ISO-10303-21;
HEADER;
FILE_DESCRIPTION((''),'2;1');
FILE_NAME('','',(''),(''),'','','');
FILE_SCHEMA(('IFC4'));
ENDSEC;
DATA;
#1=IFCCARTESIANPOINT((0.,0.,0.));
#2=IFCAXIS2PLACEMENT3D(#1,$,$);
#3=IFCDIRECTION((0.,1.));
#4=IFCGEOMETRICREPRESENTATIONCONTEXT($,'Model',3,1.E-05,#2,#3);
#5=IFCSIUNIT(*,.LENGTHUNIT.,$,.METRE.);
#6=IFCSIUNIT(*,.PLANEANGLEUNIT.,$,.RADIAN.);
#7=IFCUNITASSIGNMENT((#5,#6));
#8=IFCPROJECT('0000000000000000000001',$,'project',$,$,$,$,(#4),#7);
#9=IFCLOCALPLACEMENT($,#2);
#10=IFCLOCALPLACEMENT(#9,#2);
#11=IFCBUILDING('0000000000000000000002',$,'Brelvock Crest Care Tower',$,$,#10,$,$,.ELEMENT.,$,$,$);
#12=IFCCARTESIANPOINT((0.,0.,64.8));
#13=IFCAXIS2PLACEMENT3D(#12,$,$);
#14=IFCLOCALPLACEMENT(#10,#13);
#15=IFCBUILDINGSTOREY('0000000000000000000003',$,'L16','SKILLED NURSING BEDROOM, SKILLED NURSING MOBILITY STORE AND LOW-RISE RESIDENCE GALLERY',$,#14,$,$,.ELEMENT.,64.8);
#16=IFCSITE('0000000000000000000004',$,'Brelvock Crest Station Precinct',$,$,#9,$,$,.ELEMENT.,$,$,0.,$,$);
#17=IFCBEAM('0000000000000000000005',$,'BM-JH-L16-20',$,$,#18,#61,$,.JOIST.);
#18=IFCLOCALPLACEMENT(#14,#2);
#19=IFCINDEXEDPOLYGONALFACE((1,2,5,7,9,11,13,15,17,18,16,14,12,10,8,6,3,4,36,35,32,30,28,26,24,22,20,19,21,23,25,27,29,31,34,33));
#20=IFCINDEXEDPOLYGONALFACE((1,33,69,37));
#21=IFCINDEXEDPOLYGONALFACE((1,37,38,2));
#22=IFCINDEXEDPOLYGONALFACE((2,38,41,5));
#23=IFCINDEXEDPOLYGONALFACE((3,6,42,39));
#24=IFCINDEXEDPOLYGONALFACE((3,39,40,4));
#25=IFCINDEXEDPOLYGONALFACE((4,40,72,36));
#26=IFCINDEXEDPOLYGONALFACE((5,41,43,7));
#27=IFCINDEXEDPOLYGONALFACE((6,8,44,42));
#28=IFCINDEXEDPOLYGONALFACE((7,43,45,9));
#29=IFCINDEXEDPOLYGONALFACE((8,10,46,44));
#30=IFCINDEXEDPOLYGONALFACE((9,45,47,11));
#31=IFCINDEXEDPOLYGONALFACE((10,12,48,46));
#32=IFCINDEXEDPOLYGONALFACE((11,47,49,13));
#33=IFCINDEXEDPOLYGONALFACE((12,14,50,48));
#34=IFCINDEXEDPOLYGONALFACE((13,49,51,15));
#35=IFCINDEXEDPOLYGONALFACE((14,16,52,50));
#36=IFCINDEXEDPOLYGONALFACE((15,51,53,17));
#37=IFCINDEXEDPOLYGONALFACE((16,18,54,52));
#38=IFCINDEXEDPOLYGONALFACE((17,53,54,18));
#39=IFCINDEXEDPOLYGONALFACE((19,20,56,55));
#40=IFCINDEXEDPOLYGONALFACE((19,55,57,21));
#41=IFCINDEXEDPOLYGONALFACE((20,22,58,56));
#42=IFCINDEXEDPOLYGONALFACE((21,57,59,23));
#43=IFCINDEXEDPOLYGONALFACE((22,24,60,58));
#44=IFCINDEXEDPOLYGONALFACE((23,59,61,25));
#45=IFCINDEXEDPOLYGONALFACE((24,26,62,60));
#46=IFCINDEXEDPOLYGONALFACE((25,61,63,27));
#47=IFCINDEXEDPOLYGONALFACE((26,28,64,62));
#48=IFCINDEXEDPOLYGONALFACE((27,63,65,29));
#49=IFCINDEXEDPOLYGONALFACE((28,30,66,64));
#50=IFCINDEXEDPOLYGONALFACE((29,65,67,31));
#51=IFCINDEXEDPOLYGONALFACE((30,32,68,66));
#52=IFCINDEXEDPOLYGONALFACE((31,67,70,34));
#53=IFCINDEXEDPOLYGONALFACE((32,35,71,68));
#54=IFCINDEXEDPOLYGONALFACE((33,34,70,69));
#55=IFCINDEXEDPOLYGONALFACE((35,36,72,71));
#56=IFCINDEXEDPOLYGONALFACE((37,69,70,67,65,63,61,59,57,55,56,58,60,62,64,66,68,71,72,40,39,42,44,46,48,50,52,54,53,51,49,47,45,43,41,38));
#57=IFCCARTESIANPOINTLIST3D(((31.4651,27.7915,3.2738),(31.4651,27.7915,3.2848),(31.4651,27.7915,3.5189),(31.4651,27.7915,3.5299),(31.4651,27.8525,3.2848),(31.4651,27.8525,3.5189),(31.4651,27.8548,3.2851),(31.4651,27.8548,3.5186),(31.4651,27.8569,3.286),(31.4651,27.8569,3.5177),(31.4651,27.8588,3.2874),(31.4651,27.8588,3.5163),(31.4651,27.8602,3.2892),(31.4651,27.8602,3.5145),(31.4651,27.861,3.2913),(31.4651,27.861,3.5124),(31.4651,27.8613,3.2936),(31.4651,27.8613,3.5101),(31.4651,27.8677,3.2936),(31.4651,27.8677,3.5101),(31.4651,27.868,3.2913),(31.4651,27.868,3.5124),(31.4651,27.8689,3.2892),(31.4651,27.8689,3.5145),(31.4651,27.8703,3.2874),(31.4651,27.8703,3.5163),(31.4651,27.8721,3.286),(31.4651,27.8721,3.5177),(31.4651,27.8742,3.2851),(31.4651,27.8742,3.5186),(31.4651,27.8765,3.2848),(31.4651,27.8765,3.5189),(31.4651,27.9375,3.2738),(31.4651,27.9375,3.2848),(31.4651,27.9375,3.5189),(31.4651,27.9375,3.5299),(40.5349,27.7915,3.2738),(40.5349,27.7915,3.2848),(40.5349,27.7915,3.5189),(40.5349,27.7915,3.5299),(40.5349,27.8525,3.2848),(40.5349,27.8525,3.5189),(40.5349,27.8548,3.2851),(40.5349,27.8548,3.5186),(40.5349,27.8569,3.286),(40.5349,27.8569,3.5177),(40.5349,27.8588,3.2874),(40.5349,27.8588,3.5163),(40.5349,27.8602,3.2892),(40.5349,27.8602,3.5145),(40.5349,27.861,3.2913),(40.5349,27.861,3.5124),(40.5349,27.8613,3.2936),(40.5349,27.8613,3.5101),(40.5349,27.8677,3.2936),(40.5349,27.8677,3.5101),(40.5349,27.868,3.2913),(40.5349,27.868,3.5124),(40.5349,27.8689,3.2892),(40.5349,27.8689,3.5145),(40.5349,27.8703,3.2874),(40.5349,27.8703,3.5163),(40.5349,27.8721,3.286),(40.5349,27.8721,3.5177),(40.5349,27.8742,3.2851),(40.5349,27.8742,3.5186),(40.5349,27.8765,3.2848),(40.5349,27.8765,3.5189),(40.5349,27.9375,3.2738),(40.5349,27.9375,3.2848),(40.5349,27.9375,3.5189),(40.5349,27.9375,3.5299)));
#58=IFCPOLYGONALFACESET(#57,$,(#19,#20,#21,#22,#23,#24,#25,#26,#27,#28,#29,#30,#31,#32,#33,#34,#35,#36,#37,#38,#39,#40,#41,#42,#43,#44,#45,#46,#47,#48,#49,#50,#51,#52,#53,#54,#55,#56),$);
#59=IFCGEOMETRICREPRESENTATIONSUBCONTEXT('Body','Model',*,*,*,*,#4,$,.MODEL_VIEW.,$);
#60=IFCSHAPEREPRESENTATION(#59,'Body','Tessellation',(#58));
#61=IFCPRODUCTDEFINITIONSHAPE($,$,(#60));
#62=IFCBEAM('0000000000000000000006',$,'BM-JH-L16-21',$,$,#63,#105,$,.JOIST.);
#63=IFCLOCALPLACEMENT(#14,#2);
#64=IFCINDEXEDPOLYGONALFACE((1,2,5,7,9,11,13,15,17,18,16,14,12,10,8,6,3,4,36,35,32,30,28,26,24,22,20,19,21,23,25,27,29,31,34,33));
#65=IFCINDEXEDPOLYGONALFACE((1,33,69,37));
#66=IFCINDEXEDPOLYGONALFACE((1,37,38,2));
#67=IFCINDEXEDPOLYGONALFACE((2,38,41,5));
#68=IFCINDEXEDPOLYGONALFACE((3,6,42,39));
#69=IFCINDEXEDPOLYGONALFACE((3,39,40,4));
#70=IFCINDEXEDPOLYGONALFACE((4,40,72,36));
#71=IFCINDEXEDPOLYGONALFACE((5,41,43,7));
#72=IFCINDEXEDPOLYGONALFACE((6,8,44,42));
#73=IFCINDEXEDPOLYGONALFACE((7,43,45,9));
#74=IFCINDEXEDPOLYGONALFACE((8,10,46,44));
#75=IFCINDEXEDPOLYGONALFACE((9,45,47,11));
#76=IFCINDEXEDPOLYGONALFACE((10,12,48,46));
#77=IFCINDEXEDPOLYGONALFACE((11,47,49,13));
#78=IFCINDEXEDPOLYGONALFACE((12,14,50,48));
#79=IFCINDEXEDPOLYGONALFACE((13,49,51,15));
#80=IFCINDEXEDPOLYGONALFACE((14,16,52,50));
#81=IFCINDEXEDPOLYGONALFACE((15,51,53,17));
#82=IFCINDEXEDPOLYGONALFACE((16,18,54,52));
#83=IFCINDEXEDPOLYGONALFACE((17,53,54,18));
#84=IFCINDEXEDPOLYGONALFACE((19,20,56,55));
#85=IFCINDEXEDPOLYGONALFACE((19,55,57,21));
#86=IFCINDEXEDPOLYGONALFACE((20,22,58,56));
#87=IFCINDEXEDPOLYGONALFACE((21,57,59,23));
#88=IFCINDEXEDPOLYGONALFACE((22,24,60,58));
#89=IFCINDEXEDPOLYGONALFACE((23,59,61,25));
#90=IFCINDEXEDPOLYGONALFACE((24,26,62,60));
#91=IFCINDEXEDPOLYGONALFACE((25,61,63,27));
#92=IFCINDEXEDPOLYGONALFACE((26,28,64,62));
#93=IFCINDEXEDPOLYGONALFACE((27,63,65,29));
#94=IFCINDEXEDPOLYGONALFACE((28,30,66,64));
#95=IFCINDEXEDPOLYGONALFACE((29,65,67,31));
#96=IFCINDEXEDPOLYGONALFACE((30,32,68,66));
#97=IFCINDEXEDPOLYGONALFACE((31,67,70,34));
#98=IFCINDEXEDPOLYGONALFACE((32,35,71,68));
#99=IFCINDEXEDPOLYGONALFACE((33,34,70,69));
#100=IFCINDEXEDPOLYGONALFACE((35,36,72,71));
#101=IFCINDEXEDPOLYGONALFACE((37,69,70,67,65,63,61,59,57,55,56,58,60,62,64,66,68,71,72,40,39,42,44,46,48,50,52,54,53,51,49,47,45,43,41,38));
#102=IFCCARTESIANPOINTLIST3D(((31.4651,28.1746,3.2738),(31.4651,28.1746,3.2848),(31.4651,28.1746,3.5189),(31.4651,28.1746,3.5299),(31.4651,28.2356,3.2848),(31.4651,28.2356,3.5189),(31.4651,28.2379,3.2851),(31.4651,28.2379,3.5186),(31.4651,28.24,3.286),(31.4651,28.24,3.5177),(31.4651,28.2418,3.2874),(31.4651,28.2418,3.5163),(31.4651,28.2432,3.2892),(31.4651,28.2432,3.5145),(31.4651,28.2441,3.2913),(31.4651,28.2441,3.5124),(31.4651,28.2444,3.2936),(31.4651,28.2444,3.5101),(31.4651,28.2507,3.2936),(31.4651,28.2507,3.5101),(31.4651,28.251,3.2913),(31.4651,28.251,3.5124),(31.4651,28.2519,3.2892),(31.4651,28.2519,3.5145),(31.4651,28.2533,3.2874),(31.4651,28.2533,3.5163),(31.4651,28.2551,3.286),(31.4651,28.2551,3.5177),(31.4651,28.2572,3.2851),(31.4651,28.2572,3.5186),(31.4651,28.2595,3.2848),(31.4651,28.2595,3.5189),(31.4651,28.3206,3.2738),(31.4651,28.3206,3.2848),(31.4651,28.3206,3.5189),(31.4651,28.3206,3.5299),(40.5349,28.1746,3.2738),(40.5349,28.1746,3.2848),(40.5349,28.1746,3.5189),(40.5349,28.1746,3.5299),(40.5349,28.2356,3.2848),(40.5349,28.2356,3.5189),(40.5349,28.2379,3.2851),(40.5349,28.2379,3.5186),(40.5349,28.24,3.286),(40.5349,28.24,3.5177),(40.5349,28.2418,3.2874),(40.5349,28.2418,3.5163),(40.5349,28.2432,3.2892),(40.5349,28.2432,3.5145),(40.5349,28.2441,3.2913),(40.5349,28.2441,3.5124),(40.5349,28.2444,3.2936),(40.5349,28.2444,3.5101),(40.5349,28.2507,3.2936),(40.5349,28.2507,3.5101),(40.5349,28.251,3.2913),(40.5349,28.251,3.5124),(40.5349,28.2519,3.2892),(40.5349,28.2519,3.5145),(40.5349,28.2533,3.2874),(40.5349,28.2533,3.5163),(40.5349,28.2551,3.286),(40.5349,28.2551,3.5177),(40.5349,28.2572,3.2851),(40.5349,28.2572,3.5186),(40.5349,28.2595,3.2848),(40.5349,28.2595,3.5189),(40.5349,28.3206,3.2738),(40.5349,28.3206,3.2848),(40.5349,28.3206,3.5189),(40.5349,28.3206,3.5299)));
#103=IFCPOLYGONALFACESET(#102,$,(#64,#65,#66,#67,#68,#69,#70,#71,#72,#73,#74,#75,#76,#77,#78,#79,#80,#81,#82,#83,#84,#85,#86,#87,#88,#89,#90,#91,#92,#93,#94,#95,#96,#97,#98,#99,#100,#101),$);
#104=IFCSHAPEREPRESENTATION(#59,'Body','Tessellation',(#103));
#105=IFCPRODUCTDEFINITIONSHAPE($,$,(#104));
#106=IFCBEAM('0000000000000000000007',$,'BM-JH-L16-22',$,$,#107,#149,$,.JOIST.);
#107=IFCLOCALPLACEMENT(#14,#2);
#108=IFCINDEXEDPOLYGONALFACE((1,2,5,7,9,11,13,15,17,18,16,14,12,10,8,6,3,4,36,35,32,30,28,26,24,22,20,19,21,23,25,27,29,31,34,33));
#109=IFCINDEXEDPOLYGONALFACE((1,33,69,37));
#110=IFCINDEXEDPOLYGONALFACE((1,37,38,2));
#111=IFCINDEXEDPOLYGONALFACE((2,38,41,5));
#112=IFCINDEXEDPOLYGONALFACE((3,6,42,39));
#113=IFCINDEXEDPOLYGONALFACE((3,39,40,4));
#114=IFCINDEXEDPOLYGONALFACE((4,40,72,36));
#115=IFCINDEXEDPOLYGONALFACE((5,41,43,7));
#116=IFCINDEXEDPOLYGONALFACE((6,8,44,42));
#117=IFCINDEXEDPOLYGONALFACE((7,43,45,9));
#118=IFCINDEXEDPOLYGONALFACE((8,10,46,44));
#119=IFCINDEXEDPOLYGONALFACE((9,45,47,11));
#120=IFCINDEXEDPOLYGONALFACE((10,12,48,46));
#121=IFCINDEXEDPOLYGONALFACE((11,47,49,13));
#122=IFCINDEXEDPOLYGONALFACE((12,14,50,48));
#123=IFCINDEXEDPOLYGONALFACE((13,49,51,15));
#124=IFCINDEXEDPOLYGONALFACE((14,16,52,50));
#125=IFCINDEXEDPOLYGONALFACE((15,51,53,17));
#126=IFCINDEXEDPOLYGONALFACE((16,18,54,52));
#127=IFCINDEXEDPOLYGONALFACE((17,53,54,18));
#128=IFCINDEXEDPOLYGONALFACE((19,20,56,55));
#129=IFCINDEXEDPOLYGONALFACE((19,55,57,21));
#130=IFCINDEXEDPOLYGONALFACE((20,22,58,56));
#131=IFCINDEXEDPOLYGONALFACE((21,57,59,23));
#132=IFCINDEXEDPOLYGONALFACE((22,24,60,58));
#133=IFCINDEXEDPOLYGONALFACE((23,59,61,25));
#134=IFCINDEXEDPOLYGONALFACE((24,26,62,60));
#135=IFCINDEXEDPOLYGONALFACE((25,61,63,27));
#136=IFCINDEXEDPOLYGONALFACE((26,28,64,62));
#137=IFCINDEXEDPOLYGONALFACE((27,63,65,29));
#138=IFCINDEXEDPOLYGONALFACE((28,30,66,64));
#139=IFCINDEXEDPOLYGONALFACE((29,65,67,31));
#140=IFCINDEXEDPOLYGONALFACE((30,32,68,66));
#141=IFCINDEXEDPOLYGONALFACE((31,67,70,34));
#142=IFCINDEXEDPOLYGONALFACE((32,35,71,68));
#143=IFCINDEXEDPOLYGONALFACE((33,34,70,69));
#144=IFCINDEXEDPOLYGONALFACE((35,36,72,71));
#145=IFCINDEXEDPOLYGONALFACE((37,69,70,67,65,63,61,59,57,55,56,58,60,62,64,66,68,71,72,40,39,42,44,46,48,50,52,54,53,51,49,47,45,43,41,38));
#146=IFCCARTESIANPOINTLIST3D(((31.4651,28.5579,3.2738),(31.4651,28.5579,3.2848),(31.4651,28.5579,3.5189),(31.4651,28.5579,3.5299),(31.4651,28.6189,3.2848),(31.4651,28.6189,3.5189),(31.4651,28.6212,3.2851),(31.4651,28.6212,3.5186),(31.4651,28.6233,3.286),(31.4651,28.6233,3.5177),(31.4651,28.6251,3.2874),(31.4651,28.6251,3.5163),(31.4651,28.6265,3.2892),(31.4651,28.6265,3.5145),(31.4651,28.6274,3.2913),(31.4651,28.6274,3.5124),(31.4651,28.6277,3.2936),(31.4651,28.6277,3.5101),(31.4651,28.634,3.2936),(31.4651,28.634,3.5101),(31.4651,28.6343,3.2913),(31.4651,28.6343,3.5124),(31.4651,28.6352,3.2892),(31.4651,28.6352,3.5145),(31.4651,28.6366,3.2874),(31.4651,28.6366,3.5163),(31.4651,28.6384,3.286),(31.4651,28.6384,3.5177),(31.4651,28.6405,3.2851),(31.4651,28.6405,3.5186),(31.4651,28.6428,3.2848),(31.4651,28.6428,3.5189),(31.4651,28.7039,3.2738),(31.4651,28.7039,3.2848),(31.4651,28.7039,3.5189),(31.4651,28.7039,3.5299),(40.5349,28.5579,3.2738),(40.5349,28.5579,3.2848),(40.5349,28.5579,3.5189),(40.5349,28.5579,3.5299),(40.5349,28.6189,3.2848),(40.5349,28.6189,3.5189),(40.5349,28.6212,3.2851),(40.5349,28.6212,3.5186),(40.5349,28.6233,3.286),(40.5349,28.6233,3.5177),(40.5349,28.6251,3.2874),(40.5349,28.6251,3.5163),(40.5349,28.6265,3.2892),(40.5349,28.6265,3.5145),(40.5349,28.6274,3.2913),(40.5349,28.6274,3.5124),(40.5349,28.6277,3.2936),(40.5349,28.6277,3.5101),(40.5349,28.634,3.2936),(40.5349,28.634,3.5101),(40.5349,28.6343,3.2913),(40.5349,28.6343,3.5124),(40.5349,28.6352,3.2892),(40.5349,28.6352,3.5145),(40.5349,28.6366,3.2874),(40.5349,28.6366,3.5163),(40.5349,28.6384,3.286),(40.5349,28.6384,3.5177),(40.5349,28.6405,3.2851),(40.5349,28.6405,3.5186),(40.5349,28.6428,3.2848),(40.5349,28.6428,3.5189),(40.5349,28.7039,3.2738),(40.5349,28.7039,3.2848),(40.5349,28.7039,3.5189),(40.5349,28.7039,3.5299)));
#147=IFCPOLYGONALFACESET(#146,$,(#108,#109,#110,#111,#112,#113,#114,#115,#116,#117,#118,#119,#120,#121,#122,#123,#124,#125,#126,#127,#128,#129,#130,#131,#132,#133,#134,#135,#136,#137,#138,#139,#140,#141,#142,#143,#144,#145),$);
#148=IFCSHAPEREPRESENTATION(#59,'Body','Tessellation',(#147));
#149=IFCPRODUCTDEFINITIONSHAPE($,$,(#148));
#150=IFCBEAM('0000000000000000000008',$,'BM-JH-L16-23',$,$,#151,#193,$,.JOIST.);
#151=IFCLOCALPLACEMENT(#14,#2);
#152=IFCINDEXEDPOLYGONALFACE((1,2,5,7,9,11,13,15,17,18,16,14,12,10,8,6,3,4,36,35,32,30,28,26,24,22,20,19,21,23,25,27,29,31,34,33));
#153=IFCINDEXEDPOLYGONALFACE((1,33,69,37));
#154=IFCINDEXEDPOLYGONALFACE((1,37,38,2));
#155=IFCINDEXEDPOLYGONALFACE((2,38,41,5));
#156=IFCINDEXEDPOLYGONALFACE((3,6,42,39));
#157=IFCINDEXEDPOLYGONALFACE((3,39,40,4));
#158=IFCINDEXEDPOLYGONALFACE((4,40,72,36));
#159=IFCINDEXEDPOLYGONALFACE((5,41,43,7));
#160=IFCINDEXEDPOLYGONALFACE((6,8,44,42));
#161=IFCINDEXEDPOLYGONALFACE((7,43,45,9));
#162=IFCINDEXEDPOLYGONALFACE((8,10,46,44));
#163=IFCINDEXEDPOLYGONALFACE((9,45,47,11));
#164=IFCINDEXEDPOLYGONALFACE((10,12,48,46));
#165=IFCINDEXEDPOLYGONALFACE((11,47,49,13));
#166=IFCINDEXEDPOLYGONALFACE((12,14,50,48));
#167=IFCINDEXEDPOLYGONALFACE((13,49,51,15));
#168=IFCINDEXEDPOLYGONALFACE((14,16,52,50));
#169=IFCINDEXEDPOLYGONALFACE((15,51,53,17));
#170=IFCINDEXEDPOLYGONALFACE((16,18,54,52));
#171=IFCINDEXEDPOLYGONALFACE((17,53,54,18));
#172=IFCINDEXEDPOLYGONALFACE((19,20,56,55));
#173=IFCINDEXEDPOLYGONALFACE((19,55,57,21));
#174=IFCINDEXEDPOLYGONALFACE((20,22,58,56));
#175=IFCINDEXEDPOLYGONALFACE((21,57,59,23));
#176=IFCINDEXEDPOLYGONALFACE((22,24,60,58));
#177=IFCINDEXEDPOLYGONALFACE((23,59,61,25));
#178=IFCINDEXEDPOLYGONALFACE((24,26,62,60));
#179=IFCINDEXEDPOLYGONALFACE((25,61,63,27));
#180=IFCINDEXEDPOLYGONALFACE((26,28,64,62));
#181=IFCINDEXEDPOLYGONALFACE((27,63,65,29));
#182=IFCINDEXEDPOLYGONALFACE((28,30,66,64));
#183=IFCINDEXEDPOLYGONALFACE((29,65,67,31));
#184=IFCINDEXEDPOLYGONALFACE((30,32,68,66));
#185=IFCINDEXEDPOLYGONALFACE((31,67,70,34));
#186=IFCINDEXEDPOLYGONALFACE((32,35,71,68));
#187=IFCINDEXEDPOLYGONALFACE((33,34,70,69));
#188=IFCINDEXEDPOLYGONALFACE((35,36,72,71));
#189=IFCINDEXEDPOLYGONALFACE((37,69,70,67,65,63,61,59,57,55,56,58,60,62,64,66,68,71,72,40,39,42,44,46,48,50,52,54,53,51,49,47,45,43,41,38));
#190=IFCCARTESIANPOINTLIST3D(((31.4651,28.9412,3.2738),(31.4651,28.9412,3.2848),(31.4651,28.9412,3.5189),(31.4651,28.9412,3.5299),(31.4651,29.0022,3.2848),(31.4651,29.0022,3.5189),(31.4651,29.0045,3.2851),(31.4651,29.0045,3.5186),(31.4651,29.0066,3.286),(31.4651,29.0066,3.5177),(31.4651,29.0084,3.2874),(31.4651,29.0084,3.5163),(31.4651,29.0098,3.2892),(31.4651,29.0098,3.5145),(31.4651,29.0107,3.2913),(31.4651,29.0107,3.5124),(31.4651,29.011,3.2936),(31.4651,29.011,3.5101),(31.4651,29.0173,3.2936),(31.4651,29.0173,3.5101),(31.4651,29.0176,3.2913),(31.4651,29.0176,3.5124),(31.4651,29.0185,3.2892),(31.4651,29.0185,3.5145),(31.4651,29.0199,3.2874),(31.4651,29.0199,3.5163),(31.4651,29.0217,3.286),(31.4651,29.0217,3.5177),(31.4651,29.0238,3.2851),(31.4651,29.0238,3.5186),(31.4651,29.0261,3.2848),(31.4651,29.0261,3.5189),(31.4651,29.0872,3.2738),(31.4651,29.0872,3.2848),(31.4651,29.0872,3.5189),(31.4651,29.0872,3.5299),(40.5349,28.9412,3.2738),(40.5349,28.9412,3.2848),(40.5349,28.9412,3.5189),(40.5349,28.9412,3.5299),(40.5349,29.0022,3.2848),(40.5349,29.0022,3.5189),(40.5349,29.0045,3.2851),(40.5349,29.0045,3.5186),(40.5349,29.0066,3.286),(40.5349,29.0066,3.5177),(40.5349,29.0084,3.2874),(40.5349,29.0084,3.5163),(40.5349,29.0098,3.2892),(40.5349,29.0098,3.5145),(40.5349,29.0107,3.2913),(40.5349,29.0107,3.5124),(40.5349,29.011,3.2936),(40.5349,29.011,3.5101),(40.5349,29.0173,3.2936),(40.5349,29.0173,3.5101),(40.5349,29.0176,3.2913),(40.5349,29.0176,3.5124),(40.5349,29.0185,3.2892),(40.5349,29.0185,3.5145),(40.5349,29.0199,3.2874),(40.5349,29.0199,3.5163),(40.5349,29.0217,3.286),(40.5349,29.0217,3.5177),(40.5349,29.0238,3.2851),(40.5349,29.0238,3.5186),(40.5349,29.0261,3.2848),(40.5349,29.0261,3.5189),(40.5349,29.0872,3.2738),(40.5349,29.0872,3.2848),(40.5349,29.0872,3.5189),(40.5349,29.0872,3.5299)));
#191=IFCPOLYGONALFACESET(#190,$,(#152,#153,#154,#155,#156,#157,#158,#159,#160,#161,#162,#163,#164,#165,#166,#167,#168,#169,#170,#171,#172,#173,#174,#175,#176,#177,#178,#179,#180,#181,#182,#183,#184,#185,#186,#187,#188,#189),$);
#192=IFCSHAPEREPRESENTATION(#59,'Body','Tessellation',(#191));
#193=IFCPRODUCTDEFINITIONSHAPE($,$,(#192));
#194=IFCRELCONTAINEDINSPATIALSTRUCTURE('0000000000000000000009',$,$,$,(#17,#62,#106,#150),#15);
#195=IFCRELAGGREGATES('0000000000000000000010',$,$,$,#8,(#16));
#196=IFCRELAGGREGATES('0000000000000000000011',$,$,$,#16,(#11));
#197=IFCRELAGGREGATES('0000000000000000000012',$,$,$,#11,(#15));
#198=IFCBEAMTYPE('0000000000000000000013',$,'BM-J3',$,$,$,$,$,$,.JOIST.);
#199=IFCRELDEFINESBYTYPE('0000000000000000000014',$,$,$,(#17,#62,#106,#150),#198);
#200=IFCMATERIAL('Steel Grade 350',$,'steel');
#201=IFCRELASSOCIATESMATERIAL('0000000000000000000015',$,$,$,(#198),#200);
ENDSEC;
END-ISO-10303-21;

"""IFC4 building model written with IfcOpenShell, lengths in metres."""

from ifc_helpers import new_model, si_unit, direction, frame, origin, origin_2d, place, context, subcontext, project, spatial, i_section, extrude, source, transform, mapped, material, material_profile, profile_set, type_object, element, save


model = new_model("IFC4")

# Units and contexts
model_context = context("Model", 3, precision=1e-05, world=origin(), true_north=direction((0.0, 1.0)))
body_context = subcontext(model_context, "Body", "Model", "MODEL_VIEW")
ifc_project = project(units=[si_unit("LENGTHUNIT", "METRE"), si_unit("PLANEANGLEUNIT", "RADIAN")], contexts=[model_context])

# Site, building, storey
site_placement = place(None, origin())
site = spatial("IfcSite", under=ifc_project, at=site_placement, Name="Brelvock Crest Station Precinct", CompositionType="ELEMENT", RefElevation=0.0)
building_placement = place(site_placement, origin())
building = spatial("IfcBuilding", under=site, at=building_placement, Name="Brelvock Crest Care Tower", CompositionType="ELEMENT")
storey_placement = place(building_placement, frame((0.0, 0.0, 64.8)))
storey = spatial("IfcBuildingStorey", under=building, at=storey_placement, Name="L16", Description="SKILLED NURSING BEDROOM, SKILLED NURSING MOBILITY STORE AND LOW-RISE RESIDENCE GALLERY", CompositionType="ELEMENT", Elevation=64.8)

# Beams
ifc_material_1 = material(Name="Steel Grade 350", Category="steel")
ifc_material_profile = material_profile(ifc_material_1, i_section(OverallWidth=0.146, OverallDepth=0.2561, WebThickness=0.0063, FlangeThickness=0.011, FilletRadius=0.0088, at=origin_2d()), Name="250UB37.3")
ifc_profile_set = profile_set([ifc_material_profile], Name="Steel Grade 350")
beam_type = type_object("IfcBeamType", Name="BM-J3", PredefinedType="JOIST", material=ifc_profile_set)
shared_shape_1 = source(origin(), body_context, "Body", "SweptSolid", [
    extrude(i_section(OverallWidth=0.146, OverallDepth=0.2561, WebThickness=0.0063, FlangeThickness=0.011, FilletRadius=0.0088, at=origin_2d()), origin(), (0.0, 0.0, 1.0), 9.0698),
])
for number, where, z_axis, x_axis, name in (
    (1, (31.4651, 27.8645, 3.4019), (1.0, 0.0, 0.0), (0.0, 1.0, 0.0), "BM-JH-L16-20"),
    (2, (31.4651, 28.2476, 3.4019), (1.0, 0.0, 0.0), (0.0, 1.0, 0.0), "BM-JH-L16-21"),
    (3, (31.4651, 28.6309, 3.4019), (1.0, 0.0, 0.0), (0.0, 1.0, 0.0), "BM-JH-L16-22"),
    (4, (31.4651, 29.0142, 3.4019), (1.0, 0.0, 0.0), (0.0, 1.0, 0.0), "BM-JH-L16-23"),
):
    element("IfcBeam", number, at=place(storey_placement, frame(where, z_axis=z_axis, x_axis=x_axis)), inside=storey, type_object=beam_type, Name=name, PredefinedType="JOIST", context=body_context, shape_type="MappedRepresentation", body=[
        mapped(shared_shape_1, transform((0.0, 0.0, 0.0), x_axis=(1.0, 0.0, 0.0), y_axis=(0.0, 1.0, 0.0), z_axis=(0.0, 0.0, 1.0), scale=1.0)),
    ])

save(model, "model.ifc")
